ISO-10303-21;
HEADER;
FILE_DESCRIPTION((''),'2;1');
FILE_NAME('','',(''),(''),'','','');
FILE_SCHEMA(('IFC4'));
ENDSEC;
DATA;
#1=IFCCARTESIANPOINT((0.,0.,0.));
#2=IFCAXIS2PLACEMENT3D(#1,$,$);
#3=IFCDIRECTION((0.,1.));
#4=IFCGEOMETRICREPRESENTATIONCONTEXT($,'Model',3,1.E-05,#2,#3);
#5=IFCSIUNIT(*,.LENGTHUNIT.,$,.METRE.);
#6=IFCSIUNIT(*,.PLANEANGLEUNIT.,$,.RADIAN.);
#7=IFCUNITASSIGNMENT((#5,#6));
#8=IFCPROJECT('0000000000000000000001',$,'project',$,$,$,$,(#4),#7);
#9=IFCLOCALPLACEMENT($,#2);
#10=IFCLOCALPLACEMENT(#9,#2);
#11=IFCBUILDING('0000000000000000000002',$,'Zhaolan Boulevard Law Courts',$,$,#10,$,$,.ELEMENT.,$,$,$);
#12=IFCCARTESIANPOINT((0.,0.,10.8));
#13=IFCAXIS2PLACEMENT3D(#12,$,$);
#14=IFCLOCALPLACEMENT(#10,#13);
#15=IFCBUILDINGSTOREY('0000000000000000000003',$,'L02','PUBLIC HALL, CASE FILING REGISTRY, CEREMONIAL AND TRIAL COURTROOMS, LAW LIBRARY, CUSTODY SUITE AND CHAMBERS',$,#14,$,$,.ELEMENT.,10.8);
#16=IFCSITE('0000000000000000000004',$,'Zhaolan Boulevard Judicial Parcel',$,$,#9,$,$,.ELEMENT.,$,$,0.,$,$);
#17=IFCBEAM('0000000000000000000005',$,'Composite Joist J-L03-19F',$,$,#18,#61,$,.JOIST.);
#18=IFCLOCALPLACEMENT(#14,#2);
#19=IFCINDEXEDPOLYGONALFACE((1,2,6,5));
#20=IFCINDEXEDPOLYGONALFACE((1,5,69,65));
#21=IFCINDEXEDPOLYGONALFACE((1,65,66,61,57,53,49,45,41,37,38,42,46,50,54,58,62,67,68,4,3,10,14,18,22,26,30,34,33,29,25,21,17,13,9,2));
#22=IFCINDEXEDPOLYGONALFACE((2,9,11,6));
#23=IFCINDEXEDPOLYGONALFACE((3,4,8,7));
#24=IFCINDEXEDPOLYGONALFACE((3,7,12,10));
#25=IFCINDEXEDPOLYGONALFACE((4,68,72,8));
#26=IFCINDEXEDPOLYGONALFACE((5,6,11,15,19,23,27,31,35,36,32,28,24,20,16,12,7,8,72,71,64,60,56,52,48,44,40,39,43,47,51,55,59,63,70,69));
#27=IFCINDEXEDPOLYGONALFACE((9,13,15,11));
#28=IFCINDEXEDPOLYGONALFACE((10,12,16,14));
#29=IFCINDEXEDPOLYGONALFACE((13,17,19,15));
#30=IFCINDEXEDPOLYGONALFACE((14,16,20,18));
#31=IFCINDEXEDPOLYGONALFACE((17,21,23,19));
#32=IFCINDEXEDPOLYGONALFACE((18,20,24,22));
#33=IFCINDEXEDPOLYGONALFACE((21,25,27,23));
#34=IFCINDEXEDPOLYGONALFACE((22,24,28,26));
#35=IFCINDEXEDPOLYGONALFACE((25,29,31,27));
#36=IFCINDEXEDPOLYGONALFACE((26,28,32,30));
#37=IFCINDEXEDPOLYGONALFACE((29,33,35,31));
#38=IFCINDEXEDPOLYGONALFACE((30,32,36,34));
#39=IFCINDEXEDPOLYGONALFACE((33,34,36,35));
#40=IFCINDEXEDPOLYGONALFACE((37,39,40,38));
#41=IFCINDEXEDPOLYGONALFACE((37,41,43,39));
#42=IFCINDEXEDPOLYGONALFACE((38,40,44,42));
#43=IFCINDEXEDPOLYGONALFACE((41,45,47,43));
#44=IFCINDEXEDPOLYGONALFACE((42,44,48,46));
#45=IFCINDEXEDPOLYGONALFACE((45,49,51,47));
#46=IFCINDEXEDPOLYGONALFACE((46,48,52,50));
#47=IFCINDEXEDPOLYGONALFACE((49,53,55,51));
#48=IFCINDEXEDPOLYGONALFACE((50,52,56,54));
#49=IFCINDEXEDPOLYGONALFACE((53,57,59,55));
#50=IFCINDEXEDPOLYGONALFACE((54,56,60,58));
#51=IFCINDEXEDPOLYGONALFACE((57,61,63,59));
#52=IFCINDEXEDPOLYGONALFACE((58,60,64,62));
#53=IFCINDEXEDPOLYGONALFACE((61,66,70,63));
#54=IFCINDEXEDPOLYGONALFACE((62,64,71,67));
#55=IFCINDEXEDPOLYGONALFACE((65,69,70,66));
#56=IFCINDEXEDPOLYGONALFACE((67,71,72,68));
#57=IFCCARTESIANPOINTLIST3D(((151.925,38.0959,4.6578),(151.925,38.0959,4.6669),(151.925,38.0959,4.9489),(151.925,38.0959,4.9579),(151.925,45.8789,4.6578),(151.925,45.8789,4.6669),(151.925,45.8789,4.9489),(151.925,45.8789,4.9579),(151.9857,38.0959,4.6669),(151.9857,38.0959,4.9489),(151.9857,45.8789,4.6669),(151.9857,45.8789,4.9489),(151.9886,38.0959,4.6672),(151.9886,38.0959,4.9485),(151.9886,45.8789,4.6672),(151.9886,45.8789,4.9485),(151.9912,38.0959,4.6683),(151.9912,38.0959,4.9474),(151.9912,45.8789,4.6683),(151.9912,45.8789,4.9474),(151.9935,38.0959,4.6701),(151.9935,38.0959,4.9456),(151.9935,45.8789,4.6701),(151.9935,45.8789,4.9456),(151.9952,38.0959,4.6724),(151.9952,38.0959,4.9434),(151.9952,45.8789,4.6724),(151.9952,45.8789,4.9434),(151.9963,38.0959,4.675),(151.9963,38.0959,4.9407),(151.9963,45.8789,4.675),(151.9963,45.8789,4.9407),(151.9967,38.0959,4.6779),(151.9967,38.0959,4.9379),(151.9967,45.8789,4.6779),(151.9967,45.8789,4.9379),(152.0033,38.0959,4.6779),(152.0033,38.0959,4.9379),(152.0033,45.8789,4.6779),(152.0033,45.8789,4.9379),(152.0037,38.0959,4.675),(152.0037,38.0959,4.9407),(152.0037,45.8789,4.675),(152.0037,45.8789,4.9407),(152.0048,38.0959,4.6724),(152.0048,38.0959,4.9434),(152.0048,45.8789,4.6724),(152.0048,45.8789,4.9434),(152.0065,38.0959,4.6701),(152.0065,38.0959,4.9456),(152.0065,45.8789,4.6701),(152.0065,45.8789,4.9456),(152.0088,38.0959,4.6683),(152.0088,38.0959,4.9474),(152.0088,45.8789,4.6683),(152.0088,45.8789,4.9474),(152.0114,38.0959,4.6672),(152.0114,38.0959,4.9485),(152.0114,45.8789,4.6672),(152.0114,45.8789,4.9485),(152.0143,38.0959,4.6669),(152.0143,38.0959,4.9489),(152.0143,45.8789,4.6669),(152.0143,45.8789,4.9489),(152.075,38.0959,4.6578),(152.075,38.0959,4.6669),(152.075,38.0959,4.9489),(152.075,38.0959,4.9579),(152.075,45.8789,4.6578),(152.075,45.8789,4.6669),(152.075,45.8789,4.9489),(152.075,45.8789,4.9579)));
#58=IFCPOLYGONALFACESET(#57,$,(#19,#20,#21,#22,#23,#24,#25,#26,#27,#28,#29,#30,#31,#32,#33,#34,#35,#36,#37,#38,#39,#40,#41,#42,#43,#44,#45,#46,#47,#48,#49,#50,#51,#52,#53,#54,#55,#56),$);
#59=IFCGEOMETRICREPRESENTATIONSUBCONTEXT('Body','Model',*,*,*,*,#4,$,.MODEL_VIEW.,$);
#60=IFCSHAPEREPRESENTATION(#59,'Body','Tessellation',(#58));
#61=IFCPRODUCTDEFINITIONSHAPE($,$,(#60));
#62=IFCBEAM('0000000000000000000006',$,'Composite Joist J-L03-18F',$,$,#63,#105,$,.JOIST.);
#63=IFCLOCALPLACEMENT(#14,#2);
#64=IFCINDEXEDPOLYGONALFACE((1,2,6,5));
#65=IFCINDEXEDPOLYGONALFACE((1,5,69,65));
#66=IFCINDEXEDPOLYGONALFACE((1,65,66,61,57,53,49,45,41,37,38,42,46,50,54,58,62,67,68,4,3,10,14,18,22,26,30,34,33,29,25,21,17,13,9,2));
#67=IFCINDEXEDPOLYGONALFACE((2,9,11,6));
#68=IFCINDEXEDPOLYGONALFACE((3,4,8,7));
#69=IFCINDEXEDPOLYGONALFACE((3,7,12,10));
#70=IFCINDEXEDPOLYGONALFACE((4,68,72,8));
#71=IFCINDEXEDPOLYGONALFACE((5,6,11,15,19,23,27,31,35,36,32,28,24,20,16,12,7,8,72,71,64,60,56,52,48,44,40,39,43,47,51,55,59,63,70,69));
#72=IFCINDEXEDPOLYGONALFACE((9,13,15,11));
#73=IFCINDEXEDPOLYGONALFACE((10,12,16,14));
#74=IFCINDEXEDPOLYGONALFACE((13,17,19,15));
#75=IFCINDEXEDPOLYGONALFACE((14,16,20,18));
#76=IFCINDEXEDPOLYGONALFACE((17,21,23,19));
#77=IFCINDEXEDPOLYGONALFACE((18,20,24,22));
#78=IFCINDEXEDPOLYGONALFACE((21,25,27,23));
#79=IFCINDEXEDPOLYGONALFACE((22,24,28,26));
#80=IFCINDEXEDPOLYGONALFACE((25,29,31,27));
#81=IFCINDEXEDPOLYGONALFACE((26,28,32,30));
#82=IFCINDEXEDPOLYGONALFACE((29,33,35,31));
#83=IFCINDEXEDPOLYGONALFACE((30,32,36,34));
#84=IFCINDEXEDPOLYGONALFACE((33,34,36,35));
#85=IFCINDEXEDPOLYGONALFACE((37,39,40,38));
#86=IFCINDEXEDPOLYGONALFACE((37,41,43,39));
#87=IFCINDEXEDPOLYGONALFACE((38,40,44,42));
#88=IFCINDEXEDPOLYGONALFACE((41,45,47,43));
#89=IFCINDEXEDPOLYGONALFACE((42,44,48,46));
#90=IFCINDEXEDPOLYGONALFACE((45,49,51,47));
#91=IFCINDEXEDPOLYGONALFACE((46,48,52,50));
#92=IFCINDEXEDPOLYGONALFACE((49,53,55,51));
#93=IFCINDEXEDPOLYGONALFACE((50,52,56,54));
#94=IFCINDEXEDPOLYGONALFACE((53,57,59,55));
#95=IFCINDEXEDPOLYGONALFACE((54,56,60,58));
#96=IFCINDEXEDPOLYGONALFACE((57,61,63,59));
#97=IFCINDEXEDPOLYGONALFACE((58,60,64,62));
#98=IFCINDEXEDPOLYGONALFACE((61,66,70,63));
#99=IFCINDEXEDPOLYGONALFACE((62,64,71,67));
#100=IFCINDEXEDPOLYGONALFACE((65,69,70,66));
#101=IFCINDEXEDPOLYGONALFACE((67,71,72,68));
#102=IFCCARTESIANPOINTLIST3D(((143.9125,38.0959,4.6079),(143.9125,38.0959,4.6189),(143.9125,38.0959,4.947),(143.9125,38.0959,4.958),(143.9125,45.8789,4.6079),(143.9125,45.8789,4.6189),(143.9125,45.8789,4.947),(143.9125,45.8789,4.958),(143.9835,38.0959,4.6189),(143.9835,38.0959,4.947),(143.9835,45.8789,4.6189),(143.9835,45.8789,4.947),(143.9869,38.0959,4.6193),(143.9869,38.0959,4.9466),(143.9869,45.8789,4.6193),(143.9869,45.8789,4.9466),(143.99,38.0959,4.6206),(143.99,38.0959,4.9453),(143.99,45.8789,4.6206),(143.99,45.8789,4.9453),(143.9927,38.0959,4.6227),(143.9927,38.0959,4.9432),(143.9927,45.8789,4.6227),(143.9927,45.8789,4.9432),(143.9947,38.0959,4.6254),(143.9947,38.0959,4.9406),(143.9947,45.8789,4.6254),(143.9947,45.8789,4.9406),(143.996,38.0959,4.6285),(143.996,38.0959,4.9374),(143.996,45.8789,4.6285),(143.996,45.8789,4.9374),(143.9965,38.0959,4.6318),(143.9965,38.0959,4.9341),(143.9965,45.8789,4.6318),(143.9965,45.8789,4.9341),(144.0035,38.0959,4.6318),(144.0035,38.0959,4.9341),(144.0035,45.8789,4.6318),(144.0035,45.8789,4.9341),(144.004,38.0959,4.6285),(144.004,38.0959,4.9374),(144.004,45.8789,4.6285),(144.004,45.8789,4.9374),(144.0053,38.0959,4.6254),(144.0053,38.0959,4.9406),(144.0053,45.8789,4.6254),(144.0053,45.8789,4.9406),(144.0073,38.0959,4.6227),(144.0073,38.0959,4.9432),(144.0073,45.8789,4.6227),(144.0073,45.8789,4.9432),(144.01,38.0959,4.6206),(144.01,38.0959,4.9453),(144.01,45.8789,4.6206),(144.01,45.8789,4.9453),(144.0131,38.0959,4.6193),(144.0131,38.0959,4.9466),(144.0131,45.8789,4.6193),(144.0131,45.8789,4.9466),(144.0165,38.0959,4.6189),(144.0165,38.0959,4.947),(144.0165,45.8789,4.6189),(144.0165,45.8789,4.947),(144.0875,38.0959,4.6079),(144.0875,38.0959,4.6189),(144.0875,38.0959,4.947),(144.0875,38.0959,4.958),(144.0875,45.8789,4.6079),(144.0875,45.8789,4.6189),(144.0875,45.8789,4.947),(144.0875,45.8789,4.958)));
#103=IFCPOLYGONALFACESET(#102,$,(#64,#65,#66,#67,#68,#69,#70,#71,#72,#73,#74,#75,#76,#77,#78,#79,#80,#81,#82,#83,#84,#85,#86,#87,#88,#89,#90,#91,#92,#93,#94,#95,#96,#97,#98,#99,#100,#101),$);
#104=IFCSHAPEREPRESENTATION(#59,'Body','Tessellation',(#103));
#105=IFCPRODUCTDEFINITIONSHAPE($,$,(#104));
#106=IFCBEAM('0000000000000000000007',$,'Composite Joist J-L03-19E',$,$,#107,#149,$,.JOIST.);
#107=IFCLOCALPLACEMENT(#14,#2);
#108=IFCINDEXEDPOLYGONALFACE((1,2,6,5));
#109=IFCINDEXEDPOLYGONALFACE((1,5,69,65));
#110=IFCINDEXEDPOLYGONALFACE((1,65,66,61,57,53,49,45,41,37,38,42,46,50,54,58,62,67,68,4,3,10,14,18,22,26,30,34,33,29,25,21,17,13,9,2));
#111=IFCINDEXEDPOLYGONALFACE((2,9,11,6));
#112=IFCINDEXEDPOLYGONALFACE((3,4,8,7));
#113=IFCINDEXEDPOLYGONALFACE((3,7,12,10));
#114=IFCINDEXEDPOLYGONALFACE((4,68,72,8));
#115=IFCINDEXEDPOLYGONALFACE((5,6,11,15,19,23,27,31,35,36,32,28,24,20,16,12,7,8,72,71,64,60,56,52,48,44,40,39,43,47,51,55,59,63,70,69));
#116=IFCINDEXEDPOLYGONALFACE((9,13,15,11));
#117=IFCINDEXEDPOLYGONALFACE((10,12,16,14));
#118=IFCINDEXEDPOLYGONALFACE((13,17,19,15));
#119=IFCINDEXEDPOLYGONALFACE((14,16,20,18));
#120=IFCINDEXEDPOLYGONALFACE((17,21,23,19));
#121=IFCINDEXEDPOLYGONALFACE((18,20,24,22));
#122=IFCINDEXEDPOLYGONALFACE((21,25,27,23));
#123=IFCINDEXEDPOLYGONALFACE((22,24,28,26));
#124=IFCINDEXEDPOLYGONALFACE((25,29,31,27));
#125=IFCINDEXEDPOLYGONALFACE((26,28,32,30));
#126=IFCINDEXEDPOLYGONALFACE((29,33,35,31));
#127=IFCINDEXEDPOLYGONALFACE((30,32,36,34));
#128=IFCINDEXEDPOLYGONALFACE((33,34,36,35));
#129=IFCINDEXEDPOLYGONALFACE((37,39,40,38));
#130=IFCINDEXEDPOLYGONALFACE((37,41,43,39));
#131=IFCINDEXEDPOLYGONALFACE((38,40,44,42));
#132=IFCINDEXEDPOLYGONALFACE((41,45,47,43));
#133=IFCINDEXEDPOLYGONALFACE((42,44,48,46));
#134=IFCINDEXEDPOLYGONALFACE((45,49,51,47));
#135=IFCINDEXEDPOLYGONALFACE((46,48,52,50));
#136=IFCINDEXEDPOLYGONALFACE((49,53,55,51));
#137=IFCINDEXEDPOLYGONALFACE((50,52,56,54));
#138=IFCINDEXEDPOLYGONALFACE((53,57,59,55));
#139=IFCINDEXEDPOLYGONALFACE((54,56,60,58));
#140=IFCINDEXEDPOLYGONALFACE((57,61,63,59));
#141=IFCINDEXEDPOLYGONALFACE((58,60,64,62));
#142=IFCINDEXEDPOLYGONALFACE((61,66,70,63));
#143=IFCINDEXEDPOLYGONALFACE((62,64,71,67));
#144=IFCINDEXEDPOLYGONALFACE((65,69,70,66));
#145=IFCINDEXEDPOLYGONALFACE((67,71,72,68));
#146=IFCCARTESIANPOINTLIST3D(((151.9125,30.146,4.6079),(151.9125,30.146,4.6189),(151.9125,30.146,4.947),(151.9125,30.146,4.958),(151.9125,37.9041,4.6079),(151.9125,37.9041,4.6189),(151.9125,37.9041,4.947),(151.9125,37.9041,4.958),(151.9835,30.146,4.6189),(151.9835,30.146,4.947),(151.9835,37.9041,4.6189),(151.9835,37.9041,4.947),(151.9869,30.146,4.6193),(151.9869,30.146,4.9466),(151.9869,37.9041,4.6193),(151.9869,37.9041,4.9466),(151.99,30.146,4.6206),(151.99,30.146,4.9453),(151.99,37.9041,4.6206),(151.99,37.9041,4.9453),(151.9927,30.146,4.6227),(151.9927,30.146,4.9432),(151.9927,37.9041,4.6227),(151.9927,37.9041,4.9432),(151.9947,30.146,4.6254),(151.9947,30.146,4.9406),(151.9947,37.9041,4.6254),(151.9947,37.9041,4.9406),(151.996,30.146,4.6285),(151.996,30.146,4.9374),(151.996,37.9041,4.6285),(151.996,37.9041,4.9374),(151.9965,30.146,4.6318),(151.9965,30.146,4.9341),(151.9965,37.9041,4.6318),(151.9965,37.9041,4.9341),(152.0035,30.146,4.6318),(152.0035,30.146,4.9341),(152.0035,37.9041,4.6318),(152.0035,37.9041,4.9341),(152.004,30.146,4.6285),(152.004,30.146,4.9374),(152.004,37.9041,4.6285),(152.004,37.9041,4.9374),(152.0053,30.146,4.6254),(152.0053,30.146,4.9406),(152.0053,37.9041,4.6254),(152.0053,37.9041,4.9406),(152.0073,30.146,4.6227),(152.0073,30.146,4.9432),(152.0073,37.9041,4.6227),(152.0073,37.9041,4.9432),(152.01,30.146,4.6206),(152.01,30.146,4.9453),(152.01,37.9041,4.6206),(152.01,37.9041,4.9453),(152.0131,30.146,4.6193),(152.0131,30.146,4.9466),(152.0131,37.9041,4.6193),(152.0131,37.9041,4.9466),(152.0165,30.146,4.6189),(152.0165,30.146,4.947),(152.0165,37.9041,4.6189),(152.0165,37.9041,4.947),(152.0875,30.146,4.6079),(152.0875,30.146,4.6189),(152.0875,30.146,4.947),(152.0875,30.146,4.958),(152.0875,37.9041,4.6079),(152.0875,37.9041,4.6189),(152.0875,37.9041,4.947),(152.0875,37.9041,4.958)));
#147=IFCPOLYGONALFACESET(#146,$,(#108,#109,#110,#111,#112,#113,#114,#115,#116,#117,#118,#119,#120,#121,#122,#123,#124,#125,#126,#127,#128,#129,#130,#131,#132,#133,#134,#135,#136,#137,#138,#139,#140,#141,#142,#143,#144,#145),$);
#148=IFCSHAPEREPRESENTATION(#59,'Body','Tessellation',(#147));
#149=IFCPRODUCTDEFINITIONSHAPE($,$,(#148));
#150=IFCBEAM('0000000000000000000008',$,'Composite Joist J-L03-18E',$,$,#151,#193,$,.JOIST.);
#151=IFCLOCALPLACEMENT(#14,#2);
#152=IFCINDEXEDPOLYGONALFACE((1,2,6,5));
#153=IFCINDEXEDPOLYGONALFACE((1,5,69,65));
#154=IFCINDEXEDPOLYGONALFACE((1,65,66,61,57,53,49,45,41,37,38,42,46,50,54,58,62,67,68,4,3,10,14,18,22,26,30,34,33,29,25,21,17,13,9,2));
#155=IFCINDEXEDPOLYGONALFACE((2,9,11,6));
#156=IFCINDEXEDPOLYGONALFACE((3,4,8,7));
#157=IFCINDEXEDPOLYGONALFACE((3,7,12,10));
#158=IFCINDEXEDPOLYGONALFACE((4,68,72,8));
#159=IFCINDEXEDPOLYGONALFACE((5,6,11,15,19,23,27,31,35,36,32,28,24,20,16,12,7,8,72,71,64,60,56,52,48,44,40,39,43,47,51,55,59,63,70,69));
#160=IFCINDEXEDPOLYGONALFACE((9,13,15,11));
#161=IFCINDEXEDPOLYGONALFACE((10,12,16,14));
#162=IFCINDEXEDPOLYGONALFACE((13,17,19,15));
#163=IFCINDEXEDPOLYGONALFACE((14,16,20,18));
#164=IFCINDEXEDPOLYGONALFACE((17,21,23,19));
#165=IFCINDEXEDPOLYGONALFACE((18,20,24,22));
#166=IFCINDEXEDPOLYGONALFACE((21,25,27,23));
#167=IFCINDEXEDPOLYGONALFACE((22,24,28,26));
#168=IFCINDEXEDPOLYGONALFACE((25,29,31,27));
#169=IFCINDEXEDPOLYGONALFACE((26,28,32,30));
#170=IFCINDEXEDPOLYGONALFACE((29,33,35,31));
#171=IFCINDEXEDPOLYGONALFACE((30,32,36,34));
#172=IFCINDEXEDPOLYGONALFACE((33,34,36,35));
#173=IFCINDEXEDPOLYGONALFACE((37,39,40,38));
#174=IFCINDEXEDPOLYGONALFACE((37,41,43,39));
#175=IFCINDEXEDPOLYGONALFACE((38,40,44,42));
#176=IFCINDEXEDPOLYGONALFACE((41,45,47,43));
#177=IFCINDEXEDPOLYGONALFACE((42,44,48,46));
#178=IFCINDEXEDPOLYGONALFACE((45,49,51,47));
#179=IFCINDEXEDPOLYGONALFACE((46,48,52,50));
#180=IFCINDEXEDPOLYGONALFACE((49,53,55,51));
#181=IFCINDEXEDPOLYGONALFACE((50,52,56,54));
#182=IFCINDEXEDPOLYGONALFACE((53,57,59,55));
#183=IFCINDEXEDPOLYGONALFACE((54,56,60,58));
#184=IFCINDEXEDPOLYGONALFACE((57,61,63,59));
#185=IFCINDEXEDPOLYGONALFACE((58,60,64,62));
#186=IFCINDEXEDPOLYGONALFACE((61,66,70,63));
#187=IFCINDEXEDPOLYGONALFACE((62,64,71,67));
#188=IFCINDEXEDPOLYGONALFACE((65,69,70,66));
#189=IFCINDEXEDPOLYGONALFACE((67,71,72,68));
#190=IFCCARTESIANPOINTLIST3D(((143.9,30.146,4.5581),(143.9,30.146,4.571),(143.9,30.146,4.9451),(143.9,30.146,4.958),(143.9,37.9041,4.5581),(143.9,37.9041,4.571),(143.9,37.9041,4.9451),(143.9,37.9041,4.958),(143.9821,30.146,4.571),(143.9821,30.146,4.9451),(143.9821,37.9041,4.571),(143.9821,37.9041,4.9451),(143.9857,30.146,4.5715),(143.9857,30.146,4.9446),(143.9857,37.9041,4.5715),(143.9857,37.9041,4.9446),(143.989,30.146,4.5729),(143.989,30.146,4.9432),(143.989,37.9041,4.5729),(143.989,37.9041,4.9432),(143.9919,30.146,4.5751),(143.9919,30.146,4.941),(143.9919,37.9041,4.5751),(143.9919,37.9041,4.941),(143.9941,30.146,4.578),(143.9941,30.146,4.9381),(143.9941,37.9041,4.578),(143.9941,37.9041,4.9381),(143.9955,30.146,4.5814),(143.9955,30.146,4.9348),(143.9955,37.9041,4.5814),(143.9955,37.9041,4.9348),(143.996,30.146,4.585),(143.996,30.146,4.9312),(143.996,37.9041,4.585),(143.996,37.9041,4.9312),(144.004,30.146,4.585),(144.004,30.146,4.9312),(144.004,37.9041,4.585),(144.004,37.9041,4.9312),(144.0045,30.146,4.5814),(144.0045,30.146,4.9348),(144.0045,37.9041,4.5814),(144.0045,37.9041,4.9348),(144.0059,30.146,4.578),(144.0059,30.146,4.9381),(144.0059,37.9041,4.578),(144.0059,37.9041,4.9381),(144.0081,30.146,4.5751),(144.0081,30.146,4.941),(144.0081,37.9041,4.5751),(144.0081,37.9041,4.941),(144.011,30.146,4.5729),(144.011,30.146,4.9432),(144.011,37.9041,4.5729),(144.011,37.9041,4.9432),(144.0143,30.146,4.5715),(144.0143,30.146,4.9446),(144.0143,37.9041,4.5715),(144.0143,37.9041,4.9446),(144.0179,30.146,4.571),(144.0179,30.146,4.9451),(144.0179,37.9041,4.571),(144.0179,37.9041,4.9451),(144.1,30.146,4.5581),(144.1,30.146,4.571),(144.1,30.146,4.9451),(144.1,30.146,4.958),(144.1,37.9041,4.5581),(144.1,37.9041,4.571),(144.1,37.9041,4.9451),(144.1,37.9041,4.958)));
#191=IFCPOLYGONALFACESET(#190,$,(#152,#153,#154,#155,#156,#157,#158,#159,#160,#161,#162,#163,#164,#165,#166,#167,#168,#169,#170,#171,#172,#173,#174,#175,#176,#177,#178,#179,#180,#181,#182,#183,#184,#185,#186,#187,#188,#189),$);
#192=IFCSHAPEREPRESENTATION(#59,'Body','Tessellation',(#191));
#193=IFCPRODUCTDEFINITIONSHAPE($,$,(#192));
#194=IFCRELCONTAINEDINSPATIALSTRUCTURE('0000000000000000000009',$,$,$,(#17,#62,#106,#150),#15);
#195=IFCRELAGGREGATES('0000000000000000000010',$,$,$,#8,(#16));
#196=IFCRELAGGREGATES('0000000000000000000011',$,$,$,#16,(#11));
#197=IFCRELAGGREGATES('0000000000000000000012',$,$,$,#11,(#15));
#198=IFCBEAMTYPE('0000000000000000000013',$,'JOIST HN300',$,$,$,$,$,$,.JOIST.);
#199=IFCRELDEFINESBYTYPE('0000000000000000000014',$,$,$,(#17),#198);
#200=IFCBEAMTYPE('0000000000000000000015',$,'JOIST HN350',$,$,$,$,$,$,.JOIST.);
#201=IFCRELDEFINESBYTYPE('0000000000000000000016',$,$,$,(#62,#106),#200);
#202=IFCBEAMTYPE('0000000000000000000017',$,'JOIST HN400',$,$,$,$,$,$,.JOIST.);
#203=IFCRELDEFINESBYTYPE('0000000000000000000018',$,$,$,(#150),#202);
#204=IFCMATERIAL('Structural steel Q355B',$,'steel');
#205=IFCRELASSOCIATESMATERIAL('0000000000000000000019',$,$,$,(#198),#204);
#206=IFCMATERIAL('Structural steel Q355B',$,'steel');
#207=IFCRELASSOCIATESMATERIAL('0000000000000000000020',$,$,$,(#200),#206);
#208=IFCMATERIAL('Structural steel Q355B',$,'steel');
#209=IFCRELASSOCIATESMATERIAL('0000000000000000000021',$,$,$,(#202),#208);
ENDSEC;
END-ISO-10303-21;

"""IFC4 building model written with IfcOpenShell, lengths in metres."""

from ifc_helpers import new_model, si_unit, direction, frame, origin, origin_2d, place, context, subcontext, project, spatial, i_section, extrude, material, material_profile, profile_set, type_object, element, save


model = new_model("IFC4")

# Units and contexts
model_context = context("Model", 3, precision=1e-05, world=origin(), true_north=direction((0.0, 1.0)))
body_context = subcontext(model_context, "Body", "Model", "MODEL_VIEW")
ifc_project = project(units=[si_unit("LENGTHUNIT", "METRE"), si_unit("PLANEANGLEUNIT", "RADIAN")], contexts=[model_context])

# Site, building, storey
site_placement = place(None, origin())
site = spatial("IfcSite", under=ifc_project, at=site_placement, Name="Zhaolan Boulevard Judicial Parcel", CompositionType="ELEMENT", RefElevation=0.0)
building_placement = place(site_placement, origin())
building = spatial("IfcBuilding", under=site, at=building_placement, Name="Zhaolan Boulevard Law Courts", CompositionType="ELEMENT")
storey_placement = place(building_placement, frame((0.0, 0.0, 10.8)))
storey = spatial("IfcBuildingStorey", under=building, at=storey_placement, Name="L02", Description="PUBLIC HALL, CASE FILING REGISTRY, CEREMONIAL AND TRIAL COURTROOMS, LAW LIBRARY, CUSTODY SUITE AND CHAMBERS", CompositionType="ELEMENT", Elevation=10.8)

# Beams
ifc_material_1 = material(Name="Structural steel Q355B", Category="steel")
ifc_material_profile_1 = material_profile(ifc_material_1, i_section(OverallWidth=0.1499, OverallDepth=0.3, WebThickness=0.0066, FlangeThickness=0.009, FilletRadius=0.011, at=origin_2d()), Name="HN300x150")
ifc_profile_set_1 = profile_set([ifc_material_profile_1], Name="Structural steel Q355B")
beam_type_1 = type_object("IfcBeamType", Name="JOIST HN300", PredefinedType="JOIST", material=ifc_profile_set_1)
beam_1_placement = place(storey_placement, frame((152.0, 38.0959, 4.8079), z_axis=(0.0, 1.0, 0.0), x_axis=(-1.0, 0.0, 0.0)))
element("IfcBeam", 1, at=beam_1_placement, inside=storey, type_object=beam_type_1, Name="Composite Joist J-L03-19F", PredefinedType="JOIST", context=body_context, shape_type="SweptSolid", body=[
    extrude(i_section(OverallWidth=0.1499, OverallDepth=0.3, WebThickness=0.0066, FlangeThickness=0.009, FilletRadius=0.011, at=origin_2d()), origin(), (0.0, 0.0, 1.0), 7.783),
])
ifc_material_2 = material(Name="Structural steel Q355B", Category="steel")
ifc_material_profile_2 = material_profile(ifc_material_2, i_section(OverallWidth=0.175, OverallDepth=0.3501, WebThickness=0.0071, FlangeThickness=0.011, FilletRadius=0.0129, at=origin_2d()), Name="HN350x175")
ifc_profile_set_2 = profile_set([ifc_material_profile_2], Name="Structural steel Q355B")
beam_type_2 = type_object("IfcBeamType", Name="JOIST HN350", PredefinedType="JOIST", material=ifc_profile_set_2)
beam_2_placement = place(storey_placement, frame((144.0, 38.0959, 4.783), z_axis=(0.0, 1.0, 0.0), x_axis=(-1.0, 0.0, 0.0)))
element("IfcBeam", 2, at=beam_2_placement, inside=storey, type_object=beam_type_2, Name="Composite Joist J-L03-18F", PredefinedType="JOIST", context=body_context, shape_type="SweptSolid", body=[
    extrude(i_section(OverallWidth=0.175, OverallDepth=0.3501, WebThickness=0.0071, FlangeThickness=0.011, FilletRadius=0.0129, at=origin_2d()), origin(), (0.0, 0.0, 1.0), 7.783),
])
beam_3_placement = place(storey_placement, frame((152.0, 30.146, 4.783), z_axis=(0.0, 1.0, 0.0), x_axis=(-1.0, 0.0, 0.0)))
element("IfcBeam", 3, at=beam_3_placement, inside=storey, type_object=beam_type_2, Name="Composite Joist J-L03-19E", PredefinedType="JOIST", context=body_context, shape_type="SweptSolid", body=[
    extrude(i_section(OverallWidth=0.175, OverallDepth=0.3501, WebThickness=0.0071, FlangeThickness=0.011, FilletRadius=0.0129, at=origin_2d()), origin(), (0.0, 0.0, 1.0), 7.7581),
])
ifc_material_3 = material(Name="Structural steel Q355B", Category="steel")
ifc_material_profile_3 = material_profile(ifc_material_3, i_section(OverallWidth=0.2, OverallDepth=0.3999, WebThickness=0.0081, FlangeThickness=0.0129, FilletRadius=0.0139, at=origin_2d()), Name="HN400x200")
ifc_profile_set_3 = profile_set([ifc_material_profile_3], Name="Structural steel Q355B")
beam_type_3 = type_object("IfcBeamType", Name="JOIST HN400", PredefinedType="JOIST", material=ifc_profile_set_3)
beam_4_placement = place(storey_placement, frame((144.0, 30.146, 4.7581), z_axis=(0.0, 1.0, 0.0), x_axis=(-1.0, 0.0, 0.0)))
element("IfcBeam", 4, at=beam_4_placement, inside=storey, type_object=beam_type_3, Name="Composite Joist J-L03-18E", PredefinedType="JOIST", context=body_context, shape_type="SweptSolid", body=[
    extrude(i_section(OverallWidth=0.2, OverallDepth=0.3999, WebThickness=0.0081, FlangeThickness=0.0129, FilletRadius=0.0139, at=origin_2d()), origin(), (0.0, 0.0, 1.0), 7.7581),
])

save(model, "model.ifc")
